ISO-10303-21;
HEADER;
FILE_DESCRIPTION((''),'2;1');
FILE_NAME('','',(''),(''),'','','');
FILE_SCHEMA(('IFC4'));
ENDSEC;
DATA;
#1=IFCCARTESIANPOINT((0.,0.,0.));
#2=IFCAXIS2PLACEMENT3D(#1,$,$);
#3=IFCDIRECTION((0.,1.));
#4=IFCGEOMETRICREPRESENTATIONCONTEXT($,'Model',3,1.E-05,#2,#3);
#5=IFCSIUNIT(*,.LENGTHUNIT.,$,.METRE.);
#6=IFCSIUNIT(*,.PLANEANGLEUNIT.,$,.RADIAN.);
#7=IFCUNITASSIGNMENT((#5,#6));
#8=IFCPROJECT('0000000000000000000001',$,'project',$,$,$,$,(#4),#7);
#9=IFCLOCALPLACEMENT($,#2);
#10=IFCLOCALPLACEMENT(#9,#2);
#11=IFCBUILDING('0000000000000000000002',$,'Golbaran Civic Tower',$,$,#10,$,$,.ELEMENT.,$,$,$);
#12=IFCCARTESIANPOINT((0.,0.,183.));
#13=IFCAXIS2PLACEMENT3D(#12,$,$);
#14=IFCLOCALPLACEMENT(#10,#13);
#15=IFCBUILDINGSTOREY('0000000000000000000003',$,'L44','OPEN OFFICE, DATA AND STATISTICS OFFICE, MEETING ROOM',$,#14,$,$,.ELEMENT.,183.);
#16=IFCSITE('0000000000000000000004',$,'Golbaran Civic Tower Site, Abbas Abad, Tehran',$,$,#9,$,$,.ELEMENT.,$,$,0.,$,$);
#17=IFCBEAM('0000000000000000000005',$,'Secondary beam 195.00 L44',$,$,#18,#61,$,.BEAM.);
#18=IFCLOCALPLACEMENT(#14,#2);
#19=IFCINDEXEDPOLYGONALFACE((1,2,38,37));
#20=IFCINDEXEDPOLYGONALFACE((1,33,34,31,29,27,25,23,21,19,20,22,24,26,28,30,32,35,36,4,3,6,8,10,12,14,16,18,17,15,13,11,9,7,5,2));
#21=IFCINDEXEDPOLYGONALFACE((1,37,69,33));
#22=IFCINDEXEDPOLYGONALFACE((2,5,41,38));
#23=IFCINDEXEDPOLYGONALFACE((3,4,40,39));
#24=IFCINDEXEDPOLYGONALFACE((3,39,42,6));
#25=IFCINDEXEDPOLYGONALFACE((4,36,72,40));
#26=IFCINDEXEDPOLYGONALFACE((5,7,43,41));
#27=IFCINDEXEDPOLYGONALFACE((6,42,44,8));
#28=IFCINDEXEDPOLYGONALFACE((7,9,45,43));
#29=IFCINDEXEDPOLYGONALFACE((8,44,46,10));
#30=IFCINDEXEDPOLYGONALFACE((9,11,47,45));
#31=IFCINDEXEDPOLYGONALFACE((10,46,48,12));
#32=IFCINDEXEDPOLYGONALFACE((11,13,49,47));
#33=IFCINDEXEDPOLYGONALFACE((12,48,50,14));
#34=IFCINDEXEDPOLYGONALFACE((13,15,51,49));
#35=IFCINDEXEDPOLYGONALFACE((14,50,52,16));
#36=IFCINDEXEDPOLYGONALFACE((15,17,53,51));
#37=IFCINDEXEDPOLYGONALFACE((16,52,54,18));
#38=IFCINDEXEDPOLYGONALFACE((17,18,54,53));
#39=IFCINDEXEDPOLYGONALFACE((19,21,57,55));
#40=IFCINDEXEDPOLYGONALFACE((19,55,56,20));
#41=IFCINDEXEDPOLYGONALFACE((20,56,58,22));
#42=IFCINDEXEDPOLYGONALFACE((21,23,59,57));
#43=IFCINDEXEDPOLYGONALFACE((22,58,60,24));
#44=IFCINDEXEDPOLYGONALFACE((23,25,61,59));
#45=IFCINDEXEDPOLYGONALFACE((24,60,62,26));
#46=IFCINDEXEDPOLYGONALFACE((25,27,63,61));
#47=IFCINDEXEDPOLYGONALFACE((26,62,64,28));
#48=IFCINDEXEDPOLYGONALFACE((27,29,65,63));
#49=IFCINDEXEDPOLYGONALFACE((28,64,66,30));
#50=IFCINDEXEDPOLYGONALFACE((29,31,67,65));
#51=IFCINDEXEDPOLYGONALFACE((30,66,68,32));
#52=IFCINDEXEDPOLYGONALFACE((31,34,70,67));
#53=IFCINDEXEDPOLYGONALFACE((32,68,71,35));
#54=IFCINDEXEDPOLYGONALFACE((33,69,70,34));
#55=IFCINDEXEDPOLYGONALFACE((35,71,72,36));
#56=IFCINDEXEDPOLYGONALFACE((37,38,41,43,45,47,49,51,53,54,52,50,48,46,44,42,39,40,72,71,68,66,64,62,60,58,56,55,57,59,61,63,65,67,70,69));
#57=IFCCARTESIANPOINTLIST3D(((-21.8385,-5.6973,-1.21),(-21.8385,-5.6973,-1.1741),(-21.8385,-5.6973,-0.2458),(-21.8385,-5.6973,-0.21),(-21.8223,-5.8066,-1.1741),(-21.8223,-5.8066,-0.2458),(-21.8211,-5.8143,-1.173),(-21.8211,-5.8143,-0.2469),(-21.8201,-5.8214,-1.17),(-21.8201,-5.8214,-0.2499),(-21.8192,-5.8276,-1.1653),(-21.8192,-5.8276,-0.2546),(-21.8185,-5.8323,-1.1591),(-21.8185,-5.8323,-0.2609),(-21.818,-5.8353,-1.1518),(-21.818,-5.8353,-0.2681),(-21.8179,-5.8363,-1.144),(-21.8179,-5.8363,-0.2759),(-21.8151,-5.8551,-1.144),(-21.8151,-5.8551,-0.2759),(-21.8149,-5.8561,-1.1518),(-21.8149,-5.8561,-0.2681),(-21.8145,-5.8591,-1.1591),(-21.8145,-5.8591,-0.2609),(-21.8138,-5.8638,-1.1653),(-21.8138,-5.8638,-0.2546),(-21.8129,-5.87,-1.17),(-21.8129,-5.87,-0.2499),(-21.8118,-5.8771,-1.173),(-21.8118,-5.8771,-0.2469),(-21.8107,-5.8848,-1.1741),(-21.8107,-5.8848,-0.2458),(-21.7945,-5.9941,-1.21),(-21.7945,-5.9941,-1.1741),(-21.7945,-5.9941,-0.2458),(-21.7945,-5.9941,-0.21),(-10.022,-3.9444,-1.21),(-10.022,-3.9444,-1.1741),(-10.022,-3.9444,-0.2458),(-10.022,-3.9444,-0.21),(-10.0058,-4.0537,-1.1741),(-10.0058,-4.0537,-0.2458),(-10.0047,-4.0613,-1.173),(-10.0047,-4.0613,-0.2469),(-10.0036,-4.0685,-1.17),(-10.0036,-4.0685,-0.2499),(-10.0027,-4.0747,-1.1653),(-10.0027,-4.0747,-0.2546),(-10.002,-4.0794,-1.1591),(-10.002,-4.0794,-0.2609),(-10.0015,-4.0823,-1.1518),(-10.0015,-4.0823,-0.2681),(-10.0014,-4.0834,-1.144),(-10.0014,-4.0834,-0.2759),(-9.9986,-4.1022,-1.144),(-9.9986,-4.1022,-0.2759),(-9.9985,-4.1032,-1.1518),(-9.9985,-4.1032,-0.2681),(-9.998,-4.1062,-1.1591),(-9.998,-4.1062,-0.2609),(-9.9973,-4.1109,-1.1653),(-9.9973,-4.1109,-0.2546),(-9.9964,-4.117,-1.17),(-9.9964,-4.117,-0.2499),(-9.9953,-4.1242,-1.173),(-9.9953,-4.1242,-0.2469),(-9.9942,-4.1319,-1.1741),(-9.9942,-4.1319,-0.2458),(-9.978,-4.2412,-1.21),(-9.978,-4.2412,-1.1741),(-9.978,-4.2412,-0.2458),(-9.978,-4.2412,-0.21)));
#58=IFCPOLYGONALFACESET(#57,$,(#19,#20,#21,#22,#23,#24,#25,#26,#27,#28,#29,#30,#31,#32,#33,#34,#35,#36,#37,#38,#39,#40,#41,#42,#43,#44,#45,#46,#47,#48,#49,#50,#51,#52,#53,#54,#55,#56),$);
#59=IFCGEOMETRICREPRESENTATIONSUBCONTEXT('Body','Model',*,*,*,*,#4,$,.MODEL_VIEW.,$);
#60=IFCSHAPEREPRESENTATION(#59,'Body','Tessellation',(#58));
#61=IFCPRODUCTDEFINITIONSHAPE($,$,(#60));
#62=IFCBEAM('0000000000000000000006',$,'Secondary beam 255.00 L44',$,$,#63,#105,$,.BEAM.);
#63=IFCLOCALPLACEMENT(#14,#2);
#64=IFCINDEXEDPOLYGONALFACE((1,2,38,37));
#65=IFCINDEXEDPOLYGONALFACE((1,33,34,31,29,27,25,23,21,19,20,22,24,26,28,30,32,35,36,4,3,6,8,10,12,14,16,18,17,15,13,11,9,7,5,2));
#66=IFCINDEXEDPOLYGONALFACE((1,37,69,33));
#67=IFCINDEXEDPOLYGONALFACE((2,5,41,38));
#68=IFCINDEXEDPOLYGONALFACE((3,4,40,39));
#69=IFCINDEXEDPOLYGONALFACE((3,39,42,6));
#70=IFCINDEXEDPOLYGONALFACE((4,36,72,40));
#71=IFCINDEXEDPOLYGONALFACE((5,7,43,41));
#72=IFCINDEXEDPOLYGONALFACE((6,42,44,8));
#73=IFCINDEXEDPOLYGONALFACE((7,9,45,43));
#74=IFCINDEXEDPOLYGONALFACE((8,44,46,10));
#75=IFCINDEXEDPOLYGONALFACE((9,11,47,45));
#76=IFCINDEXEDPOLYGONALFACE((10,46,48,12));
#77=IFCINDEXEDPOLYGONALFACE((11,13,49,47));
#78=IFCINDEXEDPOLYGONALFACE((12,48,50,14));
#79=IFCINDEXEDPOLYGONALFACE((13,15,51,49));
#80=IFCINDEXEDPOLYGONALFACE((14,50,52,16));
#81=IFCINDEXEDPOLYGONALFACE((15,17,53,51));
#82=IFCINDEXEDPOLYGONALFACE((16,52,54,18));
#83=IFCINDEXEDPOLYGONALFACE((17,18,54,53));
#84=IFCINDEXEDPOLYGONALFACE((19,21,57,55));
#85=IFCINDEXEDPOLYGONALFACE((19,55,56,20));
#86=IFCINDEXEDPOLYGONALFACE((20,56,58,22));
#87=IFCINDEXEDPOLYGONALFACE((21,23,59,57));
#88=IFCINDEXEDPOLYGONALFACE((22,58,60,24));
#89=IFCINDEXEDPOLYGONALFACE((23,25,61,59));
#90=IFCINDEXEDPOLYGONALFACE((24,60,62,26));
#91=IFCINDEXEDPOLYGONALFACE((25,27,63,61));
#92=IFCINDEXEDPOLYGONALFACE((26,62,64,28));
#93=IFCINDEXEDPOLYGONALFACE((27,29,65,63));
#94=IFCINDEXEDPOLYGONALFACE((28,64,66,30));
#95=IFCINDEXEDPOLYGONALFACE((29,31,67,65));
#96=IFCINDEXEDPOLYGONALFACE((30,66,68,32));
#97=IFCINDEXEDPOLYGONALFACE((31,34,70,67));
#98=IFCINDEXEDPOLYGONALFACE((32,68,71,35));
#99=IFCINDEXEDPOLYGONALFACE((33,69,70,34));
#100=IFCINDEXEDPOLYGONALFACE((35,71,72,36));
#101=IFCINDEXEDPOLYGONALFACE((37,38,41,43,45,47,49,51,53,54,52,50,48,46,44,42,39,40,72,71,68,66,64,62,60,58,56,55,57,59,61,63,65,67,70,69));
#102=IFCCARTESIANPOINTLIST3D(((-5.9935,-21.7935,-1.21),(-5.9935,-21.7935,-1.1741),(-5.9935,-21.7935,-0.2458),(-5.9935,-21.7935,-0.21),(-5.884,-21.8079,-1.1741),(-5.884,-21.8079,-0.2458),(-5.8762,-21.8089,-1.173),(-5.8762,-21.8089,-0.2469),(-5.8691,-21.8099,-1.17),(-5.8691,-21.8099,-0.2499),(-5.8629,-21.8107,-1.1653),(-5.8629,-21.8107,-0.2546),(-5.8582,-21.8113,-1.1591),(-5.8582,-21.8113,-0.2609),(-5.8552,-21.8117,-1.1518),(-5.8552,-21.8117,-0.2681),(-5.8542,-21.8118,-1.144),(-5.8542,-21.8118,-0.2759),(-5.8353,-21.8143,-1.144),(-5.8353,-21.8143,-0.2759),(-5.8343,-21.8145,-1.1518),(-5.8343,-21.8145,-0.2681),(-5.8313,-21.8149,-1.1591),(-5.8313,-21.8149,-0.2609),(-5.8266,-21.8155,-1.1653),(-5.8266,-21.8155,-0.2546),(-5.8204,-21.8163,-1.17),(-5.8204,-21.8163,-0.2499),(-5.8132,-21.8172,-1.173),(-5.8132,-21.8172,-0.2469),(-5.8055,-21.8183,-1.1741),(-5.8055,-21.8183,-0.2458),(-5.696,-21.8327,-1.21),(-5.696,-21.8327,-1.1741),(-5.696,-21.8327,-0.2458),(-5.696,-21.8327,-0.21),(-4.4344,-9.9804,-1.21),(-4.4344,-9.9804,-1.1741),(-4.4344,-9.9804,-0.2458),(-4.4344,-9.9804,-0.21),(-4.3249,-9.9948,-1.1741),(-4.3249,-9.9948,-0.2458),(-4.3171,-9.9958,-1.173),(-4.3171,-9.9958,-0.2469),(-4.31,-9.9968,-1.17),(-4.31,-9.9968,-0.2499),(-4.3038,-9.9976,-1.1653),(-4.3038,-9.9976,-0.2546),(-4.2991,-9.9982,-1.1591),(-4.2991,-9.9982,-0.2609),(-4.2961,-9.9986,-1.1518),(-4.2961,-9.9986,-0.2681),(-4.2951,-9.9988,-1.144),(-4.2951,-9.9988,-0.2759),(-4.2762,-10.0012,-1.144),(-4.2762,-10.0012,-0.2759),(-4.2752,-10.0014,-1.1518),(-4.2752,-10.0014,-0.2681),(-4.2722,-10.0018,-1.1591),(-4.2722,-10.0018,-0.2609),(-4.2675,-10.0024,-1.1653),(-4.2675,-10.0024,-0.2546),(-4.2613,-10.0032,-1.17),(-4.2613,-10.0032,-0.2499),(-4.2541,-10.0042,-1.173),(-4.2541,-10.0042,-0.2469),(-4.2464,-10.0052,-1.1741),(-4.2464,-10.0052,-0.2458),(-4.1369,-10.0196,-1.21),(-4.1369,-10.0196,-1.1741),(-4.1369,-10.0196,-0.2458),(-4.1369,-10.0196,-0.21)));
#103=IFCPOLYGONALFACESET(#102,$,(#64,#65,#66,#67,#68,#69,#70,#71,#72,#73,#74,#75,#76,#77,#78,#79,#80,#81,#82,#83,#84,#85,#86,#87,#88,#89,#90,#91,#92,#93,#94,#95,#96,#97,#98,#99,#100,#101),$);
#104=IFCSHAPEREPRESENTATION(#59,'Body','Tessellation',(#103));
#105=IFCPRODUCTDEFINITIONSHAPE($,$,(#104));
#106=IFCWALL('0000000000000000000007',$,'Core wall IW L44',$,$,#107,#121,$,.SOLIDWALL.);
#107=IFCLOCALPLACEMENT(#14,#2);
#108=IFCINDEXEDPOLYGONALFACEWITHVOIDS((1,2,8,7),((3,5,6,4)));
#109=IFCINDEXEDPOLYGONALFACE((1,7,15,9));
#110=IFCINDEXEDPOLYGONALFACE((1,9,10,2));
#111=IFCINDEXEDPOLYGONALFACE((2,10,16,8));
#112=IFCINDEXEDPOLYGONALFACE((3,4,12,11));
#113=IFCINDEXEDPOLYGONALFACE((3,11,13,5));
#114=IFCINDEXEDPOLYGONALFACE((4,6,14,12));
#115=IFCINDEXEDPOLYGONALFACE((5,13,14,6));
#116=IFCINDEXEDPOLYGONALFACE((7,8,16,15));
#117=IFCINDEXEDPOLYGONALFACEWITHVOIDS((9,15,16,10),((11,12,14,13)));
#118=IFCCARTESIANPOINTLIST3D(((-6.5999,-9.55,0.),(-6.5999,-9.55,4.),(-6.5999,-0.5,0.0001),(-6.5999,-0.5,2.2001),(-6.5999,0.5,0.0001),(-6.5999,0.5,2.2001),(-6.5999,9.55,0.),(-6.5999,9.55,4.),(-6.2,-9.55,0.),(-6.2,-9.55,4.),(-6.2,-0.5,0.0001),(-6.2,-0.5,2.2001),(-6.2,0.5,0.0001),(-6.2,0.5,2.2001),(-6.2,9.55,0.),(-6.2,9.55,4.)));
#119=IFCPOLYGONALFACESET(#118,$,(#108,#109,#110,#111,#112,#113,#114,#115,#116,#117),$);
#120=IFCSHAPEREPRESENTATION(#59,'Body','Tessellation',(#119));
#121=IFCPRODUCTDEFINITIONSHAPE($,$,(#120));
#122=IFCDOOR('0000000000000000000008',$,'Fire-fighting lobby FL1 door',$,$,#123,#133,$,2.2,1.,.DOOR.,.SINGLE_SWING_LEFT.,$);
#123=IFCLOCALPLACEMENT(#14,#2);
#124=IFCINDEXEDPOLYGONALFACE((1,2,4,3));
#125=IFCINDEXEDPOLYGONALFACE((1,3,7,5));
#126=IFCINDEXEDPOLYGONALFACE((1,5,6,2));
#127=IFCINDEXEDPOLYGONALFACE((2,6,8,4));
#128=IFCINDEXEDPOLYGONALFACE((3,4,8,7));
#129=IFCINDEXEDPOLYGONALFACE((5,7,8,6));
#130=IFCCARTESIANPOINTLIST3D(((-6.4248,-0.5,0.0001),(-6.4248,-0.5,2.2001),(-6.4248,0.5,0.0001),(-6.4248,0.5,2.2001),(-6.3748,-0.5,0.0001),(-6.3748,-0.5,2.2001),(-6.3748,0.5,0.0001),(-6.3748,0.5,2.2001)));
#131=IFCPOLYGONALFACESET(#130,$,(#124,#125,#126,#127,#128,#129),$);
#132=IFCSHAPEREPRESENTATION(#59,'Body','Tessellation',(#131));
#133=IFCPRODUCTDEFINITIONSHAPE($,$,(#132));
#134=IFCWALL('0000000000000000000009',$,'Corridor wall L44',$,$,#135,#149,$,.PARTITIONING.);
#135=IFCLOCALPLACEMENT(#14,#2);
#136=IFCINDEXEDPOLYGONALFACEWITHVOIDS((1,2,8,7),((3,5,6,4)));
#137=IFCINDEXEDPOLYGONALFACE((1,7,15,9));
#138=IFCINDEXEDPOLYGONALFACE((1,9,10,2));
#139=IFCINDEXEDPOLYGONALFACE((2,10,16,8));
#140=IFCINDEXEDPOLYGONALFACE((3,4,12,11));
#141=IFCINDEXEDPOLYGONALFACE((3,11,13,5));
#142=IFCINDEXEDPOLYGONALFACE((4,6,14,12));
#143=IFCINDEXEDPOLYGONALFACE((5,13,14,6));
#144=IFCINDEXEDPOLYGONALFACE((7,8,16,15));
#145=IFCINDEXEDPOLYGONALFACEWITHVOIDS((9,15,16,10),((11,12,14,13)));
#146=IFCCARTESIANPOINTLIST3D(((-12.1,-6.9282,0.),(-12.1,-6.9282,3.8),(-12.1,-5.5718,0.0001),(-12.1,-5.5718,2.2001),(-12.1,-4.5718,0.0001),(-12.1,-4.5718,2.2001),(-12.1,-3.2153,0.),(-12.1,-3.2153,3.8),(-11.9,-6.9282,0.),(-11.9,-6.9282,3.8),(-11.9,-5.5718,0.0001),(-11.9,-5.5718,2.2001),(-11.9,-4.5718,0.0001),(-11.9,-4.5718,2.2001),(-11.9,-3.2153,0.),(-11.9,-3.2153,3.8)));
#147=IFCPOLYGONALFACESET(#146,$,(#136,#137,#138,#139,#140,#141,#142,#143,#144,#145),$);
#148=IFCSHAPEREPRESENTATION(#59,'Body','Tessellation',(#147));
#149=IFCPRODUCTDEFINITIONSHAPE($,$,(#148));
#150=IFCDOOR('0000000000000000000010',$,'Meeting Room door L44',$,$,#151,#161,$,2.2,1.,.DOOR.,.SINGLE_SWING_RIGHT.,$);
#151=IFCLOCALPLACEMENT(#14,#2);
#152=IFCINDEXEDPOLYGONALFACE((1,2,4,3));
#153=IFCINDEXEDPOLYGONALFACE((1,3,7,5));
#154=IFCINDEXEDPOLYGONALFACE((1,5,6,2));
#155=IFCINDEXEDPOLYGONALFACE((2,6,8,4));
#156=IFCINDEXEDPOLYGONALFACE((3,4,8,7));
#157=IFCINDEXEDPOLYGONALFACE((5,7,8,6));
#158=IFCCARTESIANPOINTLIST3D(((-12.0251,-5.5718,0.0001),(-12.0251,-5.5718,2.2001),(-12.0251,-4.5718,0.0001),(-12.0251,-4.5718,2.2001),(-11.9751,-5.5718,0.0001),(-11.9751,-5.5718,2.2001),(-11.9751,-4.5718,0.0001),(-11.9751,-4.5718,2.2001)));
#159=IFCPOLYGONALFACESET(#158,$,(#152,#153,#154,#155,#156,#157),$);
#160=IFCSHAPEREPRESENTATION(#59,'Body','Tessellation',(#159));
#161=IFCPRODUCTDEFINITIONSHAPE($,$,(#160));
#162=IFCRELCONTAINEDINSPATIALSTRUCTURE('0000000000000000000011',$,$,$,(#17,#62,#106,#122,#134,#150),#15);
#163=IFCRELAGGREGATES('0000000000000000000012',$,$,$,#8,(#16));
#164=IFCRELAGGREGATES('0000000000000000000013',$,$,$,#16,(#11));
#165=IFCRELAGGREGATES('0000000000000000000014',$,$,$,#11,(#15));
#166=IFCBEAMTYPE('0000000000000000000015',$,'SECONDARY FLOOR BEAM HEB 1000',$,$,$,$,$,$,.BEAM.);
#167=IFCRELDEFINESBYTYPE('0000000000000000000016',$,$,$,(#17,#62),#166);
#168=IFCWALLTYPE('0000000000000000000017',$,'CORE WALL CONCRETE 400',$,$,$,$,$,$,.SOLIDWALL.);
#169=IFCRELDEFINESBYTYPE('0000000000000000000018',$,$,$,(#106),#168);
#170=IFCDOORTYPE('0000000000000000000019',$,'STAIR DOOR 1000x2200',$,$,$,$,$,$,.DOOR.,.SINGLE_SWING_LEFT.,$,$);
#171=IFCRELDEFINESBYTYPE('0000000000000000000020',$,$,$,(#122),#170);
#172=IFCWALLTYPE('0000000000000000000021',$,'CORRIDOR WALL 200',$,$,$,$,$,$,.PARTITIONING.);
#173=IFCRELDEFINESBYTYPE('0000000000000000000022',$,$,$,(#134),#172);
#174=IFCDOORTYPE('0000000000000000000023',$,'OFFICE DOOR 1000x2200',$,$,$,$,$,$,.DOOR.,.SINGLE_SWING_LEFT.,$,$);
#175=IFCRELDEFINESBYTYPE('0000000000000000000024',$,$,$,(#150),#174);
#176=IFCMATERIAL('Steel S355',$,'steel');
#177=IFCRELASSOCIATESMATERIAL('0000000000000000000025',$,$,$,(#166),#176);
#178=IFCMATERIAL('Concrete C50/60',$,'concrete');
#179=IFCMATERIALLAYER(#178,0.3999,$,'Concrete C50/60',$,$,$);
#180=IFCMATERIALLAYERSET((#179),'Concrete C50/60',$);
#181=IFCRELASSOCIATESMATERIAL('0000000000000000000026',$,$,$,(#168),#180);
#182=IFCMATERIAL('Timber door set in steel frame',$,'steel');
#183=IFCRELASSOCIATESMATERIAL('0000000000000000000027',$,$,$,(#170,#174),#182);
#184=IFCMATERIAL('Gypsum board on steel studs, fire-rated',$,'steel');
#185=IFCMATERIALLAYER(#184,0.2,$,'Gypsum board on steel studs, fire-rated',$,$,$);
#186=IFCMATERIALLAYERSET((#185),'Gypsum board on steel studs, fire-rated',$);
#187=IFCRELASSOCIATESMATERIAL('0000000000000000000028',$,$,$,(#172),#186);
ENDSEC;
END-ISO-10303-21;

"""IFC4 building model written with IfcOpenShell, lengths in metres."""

from ifc_helpers import new_model, si_unit, direction, frame, frame_2d, origin, origin_2d, place, context, subcontext, project, spatial, rectangle, i_section, extrude, material, layer, layer_set, material_profile, profile_set, type_object, element, fill, save


model = new_model("IFC4")

# Units and contexts
model_context = context("Model", 3, precision=1e-05, world=origin(), true_north=direction((0.0, 1.0)))
body_context = subcontext(model_context, "Body", "Model", "MODEL_VIEW")
ifc_project = project(units=[si_unit("LENGTHUNIT", "METRE"), si_unit("PLANEANGLEUNIT", "RADIAN")], contexts=[model_context])

# Site, building, storey
site_placement = place(None, origin())
site = spatial("IfcSite", under=ifc_project, at=site_placement, Name="Golbaran Civic Tower Site, Abbas Abad, Tehran", CompositionType="ELEMENT", RefElevation=0.0)
building_placement = place(site_placement, origin())
building = spatial("IfcBuilding", under=site, at=building_placement, Name="Golbaran Civic Tower", CompositionType="ELEMENT")
storey_placement = place(building_placement, frame((0.0, 0.0, 183.0)))
storey = spatial("IfcBuildingStorey", under=building, at=storey_placement, Name="L44", Description="OPEN OFFICE, DATA AND STATISTICS OFFICE, MEETING ROOM", CompositionType="ELEMENT", Elevation=183.0)

# Beams
ifc_material_1 = material(Name="Steel S355", Category="steel")
ifc_material_profile_1 = material_profile(ifc_material_1, i_section(OverallWidth=0.3, OverallDepth=1.0, WebThickness=0.019, FlangeThickness=0.0359, FilletRadius=0.03, at=origin_2d()), Name="HEB 1000")
ifc_profile_set_1 = profile_set([ifc_material_profile_1], Name="Steel S355")
beam_type_1 = type_object("IfcBeamType", Name="SECONDARY FLOOR BEAM HEB 1000", PredefinedType="BEAM", material=ifc_profile_set_1)
beam_1_placement = place(storey_placement, frame((-10.0, -4.0928, -0.71), z_axis=(-0.989175, -0.146741, 0.0), x_axis=(0.146741, -0.989175, 0.0)))
element("IfcBeam", 1, at=beam_1_placement, inside=storey, type_object=beam_type_1, Name="Secondary beam 195.00 L44", PredefinedType="BEAM", context=body_context, shape_type="SweptSolid", body=[
    extrude(i_section(OverallWidth=0.3, OverallDepth=1.0, WebThickness=0.019, FlangeThickness=0.0359, FilletRadius=0.03, at=origin_2d()), origin(), (0.0, 0.0, 1.0), 11.9458),
])
beam_2_placement = place(storey_placement, frame((-4.2856, -10.0, -0.71), z_axis=(-0.130846, -0.991403, 0.0), x_axis=(0.991403, -0.130846, 0.0)))
element("IfcBeam", 2, at=beam_2_placement, inside=storey, type_object=beam_type_1, Name="Secondary beam 255.00 L44", PredefinedType="BEAM", context=body_context, shape_type="SweptSolid", body=[
    extrude(i_section(OverallWidth=0.3, OverallDepth=1.0, WebThickness=0.019, FlangeThickness=0.0359, FilletRadius=0.03, at=origin_2d()), origin(), (0.0, 0.0, 1.0), 11.9155),
])

# Walls, openings, doors
ifc_material_2 = material(Name="Concrete C50/60", Category="concrete")
ifc_layer_1 = layer(ifc_material_2, 0.3999, Name="Concrete C50/60")
ifc_layer_set_1 = layer_set([ifc_layer_1], Name="Concrete C50/60")
wall_type_1 = type_object("IfcWallType", Name="CORE WALL CONCRETE 400", PredefinedType="SOLIDWALL", material=ifc_layer_set_1)
wall_1_placement = place(storey_placement, frame((-6.3999, -9.55, 0.0), z_axis=(0.0, 0.0, 1.0), x_axis=(0.0, 1.0, 0.0)))
wall_1 = element("IfcWall", 3, at=wall_1_placement, inside=storey, type_object=wall_type_1, Name="Core wall IW L44", PredefinedType="SOLIDWALL", context=body_context, shape_type="SweptSolid", body=[
    extrude(rectangle(XDim=19.1001, YDim=0.3999, at=frame_2d((9.55, 0.0))), origin(), (0.0, 0.0, 1.0), 4.0),
])
opening_1_placement = place(wall_1_placement, frame((9.05, 0.0, 0.0)))
opening_1 = element("IfcOpeningElement", 4, at=opening_1_placement, cuts=wall_1, PredefinedType="OPENING", context=body_context, shape_type="SweptSolid", body=[
    extrude(rectangle(XDim=1.0, YDim=2.2, at=frame_2d((0.5, 1.1001))), frame((0.0, 0.21, 0.0), z_axis=(0.0, -1.0, 0.0), x_axis=(1.0, 0.0, 0.0)), (0.0, 0.0, 1.0), 0.4199),
])
ifc_material_3 = material(Name="Timber door set in steel frame", Category="steel")
door_type_1 = type_object("IfcDoorType", Name="STAIR DOOR 1000x2200", OperationType="SINGLE_SWING_LEFT", PredefinedType="DOOR", material=ifc_material_3)
door_1_placement = place(opening_1_placement, origin())
door_1 = element("IfcDoor", 5, at=door_1_placement, inside=storey, type_object=door_type_1, Name="Fire-fighting lobby FL1 door", OperationType="SINGLE_SWING_LEFT", OverallHeight=2.2, OverallWidth=1.0, PredefinedType="DOOR", context=body_context, shape_type="SweptSolid", body=[
    extrude(rectangle(XDim=1.0, YDim=2.2, at=frame_2d((0.5, 1.1001))), frame((0.0, 0.0249, 0.0), z_axis=(0.0, -1.0, 0.0), x_axis=(1.0, 0.0, 0.0)), (0.0, 0.0, 1.0), 0.05),
])
fill(opening_1, door_1)
ifc_material_4 = material(Name="Gypsum board on steel studs, fire-rated", Category="steel")
ifc_layer_2 = layer(ifc_material_4, 0.2, Name="Gypsum board on steel studs, fire-rated")
ifc_layer_set_2 = layer_set([ifc_layer_2], Name="Gypsum board on steel studs, fire-rated")
wall_type_2 = type_object("IfcWallType", Name="CORRIDOR WALL 200", PredefinedType="PARTITIONING", material=ifc_layer_set_2)
wall_2_placement = place(storey_placement, frame((-12.0, -3.2153, 0.0), z_axis=(0.0, 0.0, 1.0), x_axis=(0.0, -1.0, 0.0)))
wall_2 = element("IfcWall", 6, at=wall_2_placement, inside=storey, type_object=wall_type_2, Name="Corridor wall L44", PredefinedType="PARTITIONING", context=body_context, shape_type="SweptSolid", body=[
    extrude(rectangle(XDim=3.7129, YDim=0.2, at=frame_2d((1.8564, 0.0))), origin(), (0.0, 0.0, 1.0), 3.8),
])
opening_2_placement = place(wall_2_placement, frame((1.3564, 0.0, 0.0)))
opening_2 = element("IfcOpeningElement", 7, at=opening_2_placement, cuts=wall_2, PredefinedType="OPENING", context=body_context, shape_type="SweptSolid", body=[
    extrude(rectangle(XDim=1.0, YDim=2.2, at=frame_2d((0.5, 1.1001))), frame((0.0, 0.1099, 0.0), z_axis=(0.0, -1.0, 0.0), x_axis=(1.0, 0.0, 0.0)), (0.0, 0.0, 1.0), 0.22),
])
door_type_2 = type_object("IfcDoorType", Name="OFFICE DOOR 1000x2200", OperationType="SINGLE_SWING_LEFT", PredefinedType="DOOR", material=ifc_material_3)
door_2_placement = place(opening_2_placement, origin())
door_2 = element("IfcDoor", 8, at=door_2_placement, inside=storey, type_object=door_type_2, Name="Meeting Room door L44", OperationType="SINGLE_SWING_RIGHT", OverallHeight=2.2, OverallWidth=1.0, PredefinedType="DOOR", context=body_context, shape_type="SweptSolid", body=[
    extrude(rectangle(XDim=1.0, YDim=2.2, at=frame_2d((0.5, 1.1001))), frame((0.0, 0.0249, 0.0), z_axis=(0.0, -1.0, 0.0), x_axis=(1.0, 0.0, 0.0)), (0.0, 0.0, 1.0), 0.05),
])
fill(opening_2, door_2)

save(model, "model.ifc")
